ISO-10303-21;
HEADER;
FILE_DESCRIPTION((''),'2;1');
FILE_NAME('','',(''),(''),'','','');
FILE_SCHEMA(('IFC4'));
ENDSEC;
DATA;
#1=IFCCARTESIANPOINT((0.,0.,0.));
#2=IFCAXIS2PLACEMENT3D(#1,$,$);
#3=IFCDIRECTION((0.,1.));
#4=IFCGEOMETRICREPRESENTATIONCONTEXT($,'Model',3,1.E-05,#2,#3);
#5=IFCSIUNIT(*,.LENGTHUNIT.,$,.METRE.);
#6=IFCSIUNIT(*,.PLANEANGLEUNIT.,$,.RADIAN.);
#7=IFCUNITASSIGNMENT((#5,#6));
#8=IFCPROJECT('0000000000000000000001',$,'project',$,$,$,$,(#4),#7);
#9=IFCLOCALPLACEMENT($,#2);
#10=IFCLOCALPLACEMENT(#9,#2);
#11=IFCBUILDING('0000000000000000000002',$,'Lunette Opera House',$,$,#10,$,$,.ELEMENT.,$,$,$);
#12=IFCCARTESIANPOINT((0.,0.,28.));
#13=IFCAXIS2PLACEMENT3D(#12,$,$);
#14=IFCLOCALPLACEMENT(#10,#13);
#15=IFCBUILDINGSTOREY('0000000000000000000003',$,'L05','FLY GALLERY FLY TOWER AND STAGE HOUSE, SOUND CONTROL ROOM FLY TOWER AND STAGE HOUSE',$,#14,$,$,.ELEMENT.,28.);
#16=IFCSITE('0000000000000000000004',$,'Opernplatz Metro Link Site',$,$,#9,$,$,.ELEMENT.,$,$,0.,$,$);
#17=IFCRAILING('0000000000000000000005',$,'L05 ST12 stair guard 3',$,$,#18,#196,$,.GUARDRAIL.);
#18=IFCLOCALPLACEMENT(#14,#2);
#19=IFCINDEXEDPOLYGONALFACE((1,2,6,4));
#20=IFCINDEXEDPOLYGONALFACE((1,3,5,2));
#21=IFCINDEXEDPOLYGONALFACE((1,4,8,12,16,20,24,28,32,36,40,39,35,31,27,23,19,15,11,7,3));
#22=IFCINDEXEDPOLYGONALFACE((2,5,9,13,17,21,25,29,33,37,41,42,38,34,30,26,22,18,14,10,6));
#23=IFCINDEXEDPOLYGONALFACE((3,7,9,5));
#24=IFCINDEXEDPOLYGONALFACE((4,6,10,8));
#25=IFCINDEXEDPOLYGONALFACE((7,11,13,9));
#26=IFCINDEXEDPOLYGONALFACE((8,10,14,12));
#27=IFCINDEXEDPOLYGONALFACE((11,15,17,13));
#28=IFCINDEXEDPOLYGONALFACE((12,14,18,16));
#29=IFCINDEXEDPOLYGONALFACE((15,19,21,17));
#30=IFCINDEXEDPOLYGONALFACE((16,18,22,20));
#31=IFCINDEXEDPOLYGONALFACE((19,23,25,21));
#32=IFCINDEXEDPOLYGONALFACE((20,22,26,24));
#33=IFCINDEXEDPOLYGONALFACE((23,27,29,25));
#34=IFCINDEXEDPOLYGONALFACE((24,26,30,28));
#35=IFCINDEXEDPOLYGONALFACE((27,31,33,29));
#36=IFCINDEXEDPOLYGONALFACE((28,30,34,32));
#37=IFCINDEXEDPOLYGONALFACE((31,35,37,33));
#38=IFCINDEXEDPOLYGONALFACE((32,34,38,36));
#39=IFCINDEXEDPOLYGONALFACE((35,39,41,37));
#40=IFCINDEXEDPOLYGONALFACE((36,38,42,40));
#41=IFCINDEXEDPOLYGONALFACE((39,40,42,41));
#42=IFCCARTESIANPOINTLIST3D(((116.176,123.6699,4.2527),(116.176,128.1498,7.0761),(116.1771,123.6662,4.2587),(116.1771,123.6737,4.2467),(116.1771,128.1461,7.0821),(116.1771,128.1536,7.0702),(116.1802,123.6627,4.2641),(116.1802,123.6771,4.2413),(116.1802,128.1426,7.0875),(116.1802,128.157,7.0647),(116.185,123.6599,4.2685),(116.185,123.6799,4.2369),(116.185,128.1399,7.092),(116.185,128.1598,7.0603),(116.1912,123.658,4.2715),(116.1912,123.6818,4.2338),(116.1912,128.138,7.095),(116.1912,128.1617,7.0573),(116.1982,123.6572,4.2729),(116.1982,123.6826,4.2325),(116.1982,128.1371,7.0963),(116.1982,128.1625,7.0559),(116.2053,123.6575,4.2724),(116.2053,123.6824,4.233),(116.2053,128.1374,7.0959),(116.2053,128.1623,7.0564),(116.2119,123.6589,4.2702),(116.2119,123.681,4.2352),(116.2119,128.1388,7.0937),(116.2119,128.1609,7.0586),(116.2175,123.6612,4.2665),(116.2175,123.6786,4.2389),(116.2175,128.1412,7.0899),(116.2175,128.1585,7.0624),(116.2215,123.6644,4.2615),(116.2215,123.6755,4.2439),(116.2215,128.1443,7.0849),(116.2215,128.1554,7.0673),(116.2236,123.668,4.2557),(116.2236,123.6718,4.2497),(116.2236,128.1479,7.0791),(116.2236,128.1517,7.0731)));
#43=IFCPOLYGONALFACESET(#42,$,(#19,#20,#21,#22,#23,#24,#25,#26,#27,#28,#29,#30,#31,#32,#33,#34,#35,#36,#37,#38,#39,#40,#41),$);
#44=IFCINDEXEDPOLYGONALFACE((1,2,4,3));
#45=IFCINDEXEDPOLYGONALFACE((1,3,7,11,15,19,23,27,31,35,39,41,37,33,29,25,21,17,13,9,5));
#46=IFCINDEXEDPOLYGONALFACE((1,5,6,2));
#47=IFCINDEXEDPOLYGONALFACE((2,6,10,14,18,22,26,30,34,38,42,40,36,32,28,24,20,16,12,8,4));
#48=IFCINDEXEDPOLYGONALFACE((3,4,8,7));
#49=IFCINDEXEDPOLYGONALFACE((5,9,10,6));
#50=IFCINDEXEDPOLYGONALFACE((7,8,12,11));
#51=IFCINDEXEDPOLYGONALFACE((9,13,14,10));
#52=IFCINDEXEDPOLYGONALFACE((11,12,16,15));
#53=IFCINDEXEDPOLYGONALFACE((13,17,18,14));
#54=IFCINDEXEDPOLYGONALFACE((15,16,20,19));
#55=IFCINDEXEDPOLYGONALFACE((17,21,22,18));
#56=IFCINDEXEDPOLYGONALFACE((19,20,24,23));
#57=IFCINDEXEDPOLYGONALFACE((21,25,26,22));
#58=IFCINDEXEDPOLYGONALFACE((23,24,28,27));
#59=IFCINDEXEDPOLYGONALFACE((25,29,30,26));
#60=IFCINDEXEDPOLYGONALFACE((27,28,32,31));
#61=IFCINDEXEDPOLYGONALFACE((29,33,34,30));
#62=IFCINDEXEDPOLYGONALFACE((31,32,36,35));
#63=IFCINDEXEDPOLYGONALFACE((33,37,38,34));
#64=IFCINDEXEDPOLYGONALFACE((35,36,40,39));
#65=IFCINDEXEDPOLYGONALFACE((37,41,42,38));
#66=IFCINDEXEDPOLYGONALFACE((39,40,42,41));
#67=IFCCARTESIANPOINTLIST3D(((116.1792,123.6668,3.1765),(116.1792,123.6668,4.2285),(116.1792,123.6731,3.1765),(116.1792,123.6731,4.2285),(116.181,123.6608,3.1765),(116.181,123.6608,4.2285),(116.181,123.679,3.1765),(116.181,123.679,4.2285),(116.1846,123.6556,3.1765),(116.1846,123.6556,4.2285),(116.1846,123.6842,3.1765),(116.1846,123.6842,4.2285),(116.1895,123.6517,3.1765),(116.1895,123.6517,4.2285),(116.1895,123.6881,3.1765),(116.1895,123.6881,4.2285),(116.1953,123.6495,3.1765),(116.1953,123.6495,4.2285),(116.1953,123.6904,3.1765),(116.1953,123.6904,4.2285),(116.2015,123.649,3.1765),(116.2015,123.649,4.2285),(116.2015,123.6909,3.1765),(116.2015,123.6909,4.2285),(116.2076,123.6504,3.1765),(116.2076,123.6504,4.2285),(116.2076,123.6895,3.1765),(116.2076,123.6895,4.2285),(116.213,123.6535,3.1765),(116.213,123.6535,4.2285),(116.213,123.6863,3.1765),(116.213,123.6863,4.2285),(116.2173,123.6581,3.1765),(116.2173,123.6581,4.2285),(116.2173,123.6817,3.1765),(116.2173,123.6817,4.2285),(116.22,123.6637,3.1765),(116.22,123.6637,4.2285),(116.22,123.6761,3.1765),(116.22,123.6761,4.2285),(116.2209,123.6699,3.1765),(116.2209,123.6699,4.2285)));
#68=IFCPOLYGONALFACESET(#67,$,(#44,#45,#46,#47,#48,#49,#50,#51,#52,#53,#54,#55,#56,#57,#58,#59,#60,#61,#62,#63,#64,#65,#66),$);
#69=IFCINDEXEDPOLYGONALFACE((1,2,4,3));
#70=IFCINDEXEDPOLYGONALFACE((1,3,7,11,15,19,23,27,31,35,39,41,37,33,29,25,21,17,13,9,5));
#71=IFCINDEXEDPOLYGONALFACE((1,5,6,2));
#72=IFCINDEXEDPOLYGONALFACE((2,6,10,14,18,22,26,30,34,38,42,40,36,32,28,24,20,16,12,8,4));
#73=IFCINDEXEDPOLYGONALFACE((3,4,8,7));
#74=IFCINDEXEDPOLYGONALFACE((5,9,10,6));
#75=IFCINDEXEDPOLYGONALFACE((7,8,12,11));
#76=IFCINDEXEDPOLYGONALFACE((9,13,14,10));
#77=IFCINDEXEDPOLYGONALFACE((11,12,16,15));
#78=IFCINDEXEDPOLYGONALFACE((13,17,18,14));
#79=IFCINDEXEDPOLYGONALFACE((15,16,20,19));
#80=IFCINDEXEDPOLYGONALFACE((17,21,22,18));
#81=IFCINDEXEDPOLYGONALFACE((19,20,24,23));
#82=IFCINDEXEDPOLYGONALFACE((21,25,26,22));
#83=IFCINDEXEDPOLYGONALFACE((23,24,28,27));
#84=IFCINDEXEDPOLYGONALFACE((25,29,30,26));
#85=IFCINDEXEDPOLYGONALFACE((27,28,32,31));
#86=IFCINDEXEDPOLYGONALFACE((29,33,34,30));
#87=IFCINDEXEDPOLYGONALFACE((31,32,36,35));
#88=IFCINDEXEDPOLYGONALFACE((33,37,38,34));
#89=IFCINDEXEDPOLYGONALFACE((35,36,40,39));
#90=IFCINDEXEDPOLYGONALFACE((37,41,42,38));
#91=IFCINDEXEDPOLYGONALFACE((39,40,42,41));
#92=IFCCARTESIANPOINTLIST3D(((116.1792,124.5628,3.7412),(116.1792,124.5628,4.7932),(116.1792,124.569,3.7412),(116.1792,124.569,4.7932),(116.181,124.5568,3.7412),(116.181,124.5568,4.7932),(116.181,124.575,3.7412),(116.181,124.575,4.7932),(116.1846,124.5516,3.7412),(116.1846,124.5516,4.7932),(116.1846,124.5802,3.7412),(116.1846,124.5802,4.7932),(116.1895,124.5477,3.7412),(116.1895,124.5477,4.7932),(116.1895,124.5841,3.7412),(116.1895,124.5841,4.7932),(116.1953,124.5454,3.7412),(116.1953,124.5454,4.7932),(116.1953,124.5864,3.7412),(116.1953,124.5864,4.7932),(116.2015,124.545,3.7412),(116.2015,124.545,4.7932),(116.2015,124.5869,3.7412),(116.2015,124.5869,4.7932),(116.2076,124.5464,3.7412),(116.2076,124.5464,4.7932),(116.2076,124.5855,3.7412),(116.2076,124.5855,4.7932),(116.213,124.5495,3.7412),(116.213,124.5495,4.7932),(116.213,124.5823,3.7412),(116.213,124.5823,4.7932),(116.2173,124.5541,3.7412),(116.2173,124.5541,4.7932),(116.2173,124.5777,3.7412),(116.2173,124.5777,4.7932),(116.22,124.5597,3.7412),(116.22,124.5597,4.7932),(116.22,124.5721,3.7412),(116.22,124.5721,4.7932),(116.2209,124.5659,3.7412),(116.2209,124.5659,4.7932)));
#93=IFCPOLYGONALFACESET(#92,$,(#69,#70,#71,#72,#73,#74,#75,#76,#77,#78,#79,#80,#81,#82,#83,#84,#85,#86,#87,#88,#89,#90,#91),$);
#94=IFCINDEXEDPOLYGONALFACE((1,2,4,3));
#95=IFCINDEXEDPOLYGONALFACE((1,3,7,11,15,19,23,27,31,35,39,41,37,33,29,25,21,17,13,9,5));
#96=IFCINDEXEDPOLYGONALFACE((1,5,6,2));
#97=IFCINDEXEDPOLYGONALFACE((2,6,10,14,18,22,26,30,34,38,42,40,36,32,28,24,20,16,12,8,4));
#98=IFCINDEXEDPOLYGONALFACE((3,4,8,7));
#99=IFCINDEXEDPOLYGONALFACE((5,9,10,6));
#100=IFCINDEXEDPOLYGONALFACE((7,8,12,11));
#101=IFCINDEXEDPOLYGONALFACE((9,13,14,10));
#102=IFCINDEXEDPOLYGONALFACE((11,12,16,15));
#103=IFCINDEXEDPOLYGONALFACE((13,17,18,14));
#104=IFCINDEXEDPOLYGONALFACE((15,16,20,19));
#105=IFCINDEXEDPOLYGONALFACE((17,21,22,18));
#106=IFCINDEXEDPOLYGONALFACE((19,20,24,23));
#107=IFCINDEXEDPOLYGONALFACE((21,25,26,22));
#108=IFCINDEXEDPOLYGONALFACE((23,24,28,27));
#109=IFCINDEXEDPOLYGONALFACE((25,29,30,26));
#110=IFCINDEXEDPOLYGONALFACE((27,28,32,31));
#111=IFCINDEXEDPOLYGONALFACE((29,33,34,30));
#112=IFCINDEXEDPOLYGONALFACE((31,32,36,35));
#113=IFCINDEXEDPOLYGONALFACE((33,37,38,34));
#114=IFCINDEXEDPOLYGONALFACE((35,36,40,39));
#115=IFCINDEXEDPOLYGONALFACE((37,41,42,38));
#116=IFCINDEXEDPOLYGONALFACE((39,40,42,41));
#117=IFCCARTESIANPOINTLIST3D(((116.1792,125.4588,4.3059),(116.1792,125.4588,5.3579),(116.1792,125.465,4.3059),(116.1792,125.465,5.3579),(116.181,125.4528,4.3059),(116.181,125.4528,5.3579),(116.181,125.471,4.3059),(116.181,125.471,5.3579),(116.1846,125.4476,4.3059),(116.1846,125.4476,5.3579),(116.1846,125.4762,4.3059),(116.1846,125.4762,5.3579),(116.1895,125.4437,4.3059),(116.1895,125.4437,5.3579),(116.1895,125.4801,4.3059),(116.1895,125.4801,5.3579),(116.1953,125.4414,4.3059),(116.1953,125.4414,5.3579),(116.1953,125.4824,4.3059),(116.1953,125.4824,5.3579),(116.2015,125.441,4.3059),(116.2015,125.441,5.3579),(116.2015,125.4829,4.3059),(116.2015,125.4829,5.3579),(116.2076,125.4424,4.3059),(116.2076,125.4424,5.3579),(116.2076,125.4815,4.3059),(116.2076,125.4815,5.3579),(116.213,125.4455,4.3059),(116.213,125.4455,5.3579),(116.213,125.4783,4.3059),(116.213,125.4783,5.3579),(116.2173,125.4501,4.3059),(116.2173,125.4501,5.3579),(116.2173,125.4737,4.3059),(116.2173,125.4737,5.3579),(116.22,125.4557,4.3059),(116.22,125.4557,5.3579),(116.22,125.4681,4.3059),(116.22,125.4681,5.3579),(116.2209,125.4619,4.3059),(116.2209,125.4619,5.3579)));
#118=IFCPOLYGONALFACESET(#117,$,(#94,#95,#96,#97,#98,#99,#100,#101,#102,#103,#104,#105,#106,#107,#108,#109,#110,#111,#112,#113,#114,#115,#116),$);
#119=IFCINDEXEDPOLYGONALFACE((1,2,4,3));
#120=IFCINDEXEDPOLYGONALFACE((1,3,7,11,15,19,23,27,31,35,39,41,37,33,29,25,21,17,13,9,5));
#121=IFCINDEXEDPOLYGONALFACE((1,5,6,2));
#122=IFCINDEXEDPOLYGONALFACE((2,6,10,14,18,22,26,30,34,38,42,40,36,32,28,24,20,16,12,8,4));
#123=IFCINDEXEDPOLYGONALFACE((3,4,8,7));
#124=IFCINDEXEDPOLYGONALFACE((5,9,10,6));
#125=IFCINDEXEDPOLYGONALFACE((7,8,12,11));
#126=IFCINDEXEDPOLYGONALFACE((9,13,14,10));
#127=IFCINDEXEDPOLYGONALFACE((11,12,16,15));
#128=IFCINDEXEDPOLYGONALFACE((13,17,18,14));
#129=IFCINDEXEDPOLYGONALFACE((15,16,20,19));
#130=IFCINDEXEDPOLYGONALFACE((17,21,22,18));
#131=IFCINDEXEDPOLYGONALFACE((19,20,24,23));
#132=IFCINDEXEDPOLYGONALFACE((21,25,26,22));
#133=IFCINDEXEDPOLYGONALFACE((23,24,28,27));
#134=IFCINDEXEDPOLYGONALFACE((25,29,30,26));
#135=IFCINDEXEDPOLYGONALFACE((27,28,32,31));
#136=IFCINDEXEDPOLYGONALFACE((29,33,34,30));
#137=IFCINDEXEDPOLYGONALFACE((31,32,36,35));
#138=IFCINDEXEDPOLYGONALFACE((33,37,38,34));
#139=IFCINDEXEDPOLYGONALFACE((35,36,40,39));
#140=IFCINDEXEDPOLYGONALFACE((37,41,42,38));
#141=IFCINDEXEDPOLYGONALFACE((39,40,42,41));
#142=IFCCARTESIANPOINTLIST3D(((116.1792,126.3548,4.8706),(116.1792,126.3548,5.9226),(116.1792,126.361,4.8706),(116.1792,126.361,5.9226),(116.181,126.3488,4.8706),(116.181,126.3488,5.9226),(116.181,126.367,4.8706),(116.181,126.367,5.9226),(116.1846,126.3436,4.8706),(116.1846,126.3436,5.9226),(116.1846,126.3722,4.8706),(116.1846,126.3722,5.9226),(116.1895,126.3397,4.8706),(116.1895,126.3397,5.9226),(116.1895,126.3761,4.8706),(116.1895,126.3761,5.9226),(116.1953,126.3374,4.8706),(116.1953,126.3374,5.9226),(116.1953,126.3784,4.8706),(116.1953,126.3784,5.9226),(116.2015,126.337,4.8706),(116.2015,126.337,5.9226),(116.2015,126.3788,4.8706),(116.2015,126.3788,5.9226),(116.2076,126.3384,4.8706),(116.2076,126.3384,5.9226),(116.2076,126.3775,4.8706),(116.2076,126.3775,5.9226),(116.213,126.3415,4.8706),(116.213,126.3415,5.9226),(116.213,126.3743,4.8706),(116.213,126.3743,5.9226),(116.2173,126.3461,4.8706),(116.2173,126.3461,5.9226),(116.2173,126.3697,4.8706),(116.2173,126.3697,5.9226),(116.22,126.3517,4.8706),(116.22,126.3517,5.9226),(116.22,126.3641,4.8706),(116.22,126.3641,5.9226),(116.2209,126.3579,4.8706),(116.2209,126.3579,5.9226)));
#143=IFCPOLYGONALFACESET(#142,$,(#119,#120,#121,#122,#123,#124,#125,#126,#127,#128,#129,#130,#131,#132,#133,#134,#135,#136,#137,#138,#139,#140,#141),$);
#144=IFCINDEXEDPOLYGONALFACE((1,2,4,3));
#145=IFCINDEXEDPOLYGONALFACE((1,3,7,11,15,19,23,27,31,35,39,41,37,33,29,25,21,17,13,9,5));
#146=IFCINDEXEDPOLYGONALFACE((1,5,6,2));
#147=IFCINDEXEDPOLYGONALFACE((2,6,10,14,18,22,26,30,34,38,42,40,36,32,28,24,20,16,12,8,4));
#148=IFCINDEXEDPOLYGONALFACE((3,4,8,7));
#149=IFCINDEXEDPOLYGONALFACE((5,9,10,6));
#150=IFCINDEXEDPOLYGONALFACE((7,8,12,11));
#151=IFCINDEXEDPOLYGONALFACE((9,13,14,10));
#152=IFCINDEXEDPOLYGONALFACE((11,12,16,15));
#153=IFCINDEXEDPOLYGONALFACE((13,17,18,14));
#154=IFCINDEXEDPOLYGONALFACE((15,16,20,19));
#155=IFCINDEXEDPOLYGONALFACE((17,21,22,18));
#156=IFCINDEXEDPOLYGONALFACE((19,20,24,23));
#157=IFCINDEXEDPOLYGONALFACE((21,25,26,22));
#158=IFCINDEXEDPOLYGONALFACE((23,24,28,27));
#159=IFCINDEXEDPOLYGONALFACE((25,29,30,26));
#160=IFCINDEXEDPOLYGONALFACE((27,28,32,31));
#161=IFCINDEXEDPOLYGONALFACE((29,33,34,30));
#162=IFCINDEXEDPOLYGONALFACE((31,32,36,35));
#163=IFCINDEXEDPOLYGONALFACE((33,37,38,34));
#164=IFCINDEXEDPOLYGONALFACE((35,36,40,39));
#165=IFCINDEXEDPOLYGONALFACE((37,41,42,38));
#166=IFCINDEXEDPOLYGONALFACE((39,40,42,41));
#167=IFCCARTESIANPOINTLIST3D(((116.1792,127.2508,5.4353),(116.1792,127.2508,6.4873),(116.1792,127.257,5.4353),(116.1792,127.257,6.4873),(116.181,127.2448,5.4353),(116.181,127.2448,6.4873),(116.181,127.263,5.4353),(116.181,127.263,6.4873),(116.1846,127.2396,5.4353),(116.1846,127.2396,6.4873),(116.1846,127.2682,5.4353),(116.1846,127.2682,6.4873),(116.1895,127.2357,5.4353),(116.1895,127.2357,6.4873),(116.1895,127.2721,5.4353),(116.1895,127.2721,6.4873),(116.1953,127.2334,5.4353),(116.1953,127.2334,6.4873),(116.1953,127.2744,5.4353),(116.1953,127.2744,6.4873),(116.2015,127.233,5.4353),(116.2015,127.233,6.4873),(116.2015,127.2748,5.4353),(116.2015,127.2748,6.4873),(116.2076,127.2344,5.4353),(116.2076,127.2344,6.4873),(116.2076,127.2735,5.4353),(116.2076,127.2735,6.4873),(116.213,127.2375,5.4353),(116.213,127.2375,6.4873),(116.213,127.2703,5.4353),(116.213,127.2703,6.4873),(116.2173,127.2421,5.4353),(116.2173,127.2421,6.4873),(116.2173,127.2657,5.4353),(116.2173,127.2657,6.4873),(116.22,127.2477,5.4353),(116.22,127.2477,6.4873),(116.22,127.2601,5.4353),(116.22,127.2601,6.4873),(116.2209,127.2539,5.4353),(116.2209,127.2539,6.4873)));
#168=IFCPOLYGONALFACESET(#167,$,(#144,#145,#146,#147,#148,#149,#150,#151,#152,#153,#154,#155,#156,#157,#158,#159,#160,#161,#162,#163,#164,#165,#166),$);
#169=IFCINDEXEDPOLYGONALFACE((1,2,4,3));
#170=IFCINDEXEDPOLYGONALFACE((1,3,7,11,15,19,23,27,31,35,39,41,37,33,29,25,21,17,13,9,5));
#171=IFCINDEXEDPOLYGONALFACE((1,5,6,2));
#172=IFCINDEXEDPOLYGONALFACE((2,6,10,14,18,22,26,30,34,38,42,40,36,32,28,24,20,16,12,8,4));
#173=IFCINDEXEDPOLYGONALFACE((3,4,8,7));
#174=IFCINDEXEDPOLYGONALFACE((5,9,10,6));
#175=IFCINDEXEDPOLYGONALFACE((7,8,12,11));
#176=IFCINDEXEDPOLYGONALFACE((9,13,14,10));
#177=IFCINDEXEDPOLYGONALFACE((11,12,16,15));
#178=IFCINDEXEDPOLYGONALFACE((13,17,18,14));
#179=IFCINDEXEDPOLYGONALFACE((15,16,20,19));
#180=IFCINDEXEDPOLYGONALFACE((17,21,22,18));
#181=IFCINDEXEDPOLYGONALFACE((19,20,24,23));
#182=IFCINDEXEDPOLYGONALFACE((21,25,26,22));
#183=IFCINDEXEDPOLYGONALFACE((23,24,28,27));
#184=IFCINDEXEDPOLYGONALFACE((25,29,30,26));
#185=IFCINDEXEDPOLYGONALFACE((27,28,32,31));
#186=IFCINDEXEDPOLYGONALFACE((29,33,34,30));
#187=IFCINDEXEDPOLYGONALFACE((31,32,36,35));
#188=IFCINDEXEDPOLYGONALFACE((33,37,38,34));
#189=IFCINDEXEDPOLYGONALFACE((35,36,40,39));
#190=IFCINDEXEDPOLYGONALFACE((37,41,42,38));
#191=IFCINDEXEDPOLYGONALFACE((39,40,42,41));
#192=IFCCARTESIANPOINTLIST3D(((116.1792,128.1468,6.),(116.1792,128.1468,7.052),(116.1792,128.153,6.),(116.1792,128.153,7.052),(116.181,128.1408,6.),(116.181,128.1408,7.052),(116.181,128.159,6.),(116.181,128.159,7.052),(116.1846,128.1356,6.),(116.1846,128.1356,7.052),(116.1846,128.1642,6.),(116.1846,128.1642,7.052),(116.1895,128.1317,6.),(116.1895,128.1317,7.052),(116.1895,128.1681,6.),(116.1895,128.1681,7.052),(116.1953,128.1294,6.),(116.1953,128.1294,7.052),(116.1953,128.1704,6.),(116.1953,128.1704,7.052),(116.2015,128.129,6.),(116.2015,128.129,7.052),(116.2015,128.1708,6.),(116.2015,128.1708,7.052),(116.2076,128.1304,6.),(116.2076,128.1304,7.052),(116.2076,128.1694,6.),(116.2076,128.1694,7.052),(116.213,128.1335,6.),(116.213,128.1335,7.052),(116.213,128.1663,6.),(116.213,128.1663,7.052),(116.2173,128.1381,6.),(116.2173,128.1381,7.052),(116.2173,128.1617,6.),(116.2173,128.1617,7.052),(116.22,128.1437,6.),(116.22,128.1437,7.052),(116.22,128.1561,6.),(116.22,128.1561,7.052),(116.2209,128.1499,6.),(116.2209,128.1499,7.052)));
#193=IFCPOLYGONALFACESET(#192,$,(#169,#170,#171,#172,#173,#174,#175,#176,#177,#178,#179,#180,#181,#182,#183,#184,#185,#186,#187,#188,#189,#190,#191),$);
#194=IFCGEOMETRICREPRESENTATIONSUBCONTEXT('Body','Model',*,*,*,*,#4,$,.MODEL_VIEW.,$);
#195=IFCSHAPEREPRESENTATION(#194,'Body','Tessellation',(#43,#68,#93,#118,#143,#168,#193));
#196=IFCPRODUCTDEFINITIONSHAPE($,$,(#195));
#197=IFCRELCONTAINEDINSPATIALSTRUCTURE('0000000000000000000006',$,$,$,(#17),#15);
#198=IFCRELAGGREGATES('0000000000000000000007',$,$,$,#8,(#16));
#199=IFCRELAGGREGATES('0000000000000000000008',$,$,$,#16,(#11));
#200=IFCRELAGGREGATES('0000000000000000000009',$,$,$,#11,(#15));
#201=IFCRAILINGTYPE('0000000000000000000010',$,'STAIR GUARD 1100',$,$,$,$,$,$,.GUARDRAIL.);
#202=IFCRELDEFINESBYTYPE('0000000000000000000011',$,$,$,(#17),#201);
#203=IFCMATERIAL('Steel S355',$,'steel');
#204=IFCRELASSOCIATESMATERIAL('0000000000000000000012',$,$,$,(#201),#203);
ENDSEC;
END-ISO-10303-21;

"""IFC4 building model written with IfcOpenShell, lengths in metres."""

from ifc_helpers import new_model, si_unit, direction, frame, origin, origin_2d, place, context, subcontext, project, spatial, circle, extrude, material, type_object, element, save


model = new_model("IFC4")

# Units and contexts
model_context = context("Model", 3, precision=1e-05, world=origin(), true_north=direction((0.0, 1.0)))
body_context = subcontext(model_context, "Body", "Model", "MODEL_VIEW")
ifc_project = project(units=[si_unit("LENGTHUNIT", "METRE"), si_unit("PLANEANGLEUNIT", "RADIAN")], contexts=[model_context])

# Site, building, storey
site_placement = place(None, origin())
site = spatial("IfcSite", under=ifc_project, at=site_placement, Name="Opernplatz Metro Link Site", CompositionType="ELEMENT", RefElevation=0.0)
building_placement = place(site_placement, origin())
building = spatial("IfcBuilding", under=site, at=building_placement, Name="Lunette Opera House", CompositionType="ELEMENT")
storey_placement = place(building_placement, frame((0.0, 0.0, 28.0)))
storey = spatial("IfcBuildingStorey", under=building, at=storey_placement, Name="L05", Description="FLY GALLERY FLY TOWER AND STAGE HOUSE, SOUND CONTROL ROOM FLY TOWER AND STAGE HOUSE", CompositionType="ELEMENT", Elevation=28.0)

# Railing
ifc_material_1 = material(Name="Steel S355", Category="steel")
railing_type_1 = type_object("IfcRailingType", Name="STAIR GUARD 1100", PredefinedType="GUARDRAIL", material=ifc_material_1)
railing_1_placement = place(storey_placement, frame((116.2, 123.6699, 3.1765)))
element("IfcRailing", 1, at=railing_1_placement, inside=storey, type_object=railing_type_1, Name="L05 ST12 stair guard 3", PredefinedType="GUARDRAIL", context=body_context, shape_type="SweptSolid", body=[
    extrude(circle(Radius=0.0239, at=origin_2d()), frame((0.0, 0.0, 1.0762), z_axis=(0.0, 0.845998, 0.533186), x_axis=(-1.0, 0.0, 0.0)), (0.0, 0.0, 1.0), 5.2954),
    extrude(circle(Radius=0.021, at=origin_2d()), origin(), (0.0, 0.0, 1.0), 1.052),
    extrude(circle(Radius=0.021, at=origin_2d()), frame((0.0, 0.896, 0.5647)), (0.0, 0.0, 1.0), 1.052),
    extrude(circle(Radius=0.021, at=origin_2d()), frame((0.0, 1.792, 1.1294)), (0.0, 0.0, 1.0), 1.052),
    extrude(circle(Radius=0.021, at=origin_2d()), frame((0.0, 2.688, 1.6941)), (0.0, 0.0, 1.0), 1.052),
    extrude(circle(Radius=0.021, at=origin_2d()), frame((0.0, 3.584, 2.2588)), (0.0, 0.0, 1.0), 1.052),
    extrude(circle(Radius=0.021, at=origin_2d()), frame((0.0, 4.48, 2.8235)), (0.0, 0.0, 1.0), 1.052),
])

save(model, "model.ifc")
